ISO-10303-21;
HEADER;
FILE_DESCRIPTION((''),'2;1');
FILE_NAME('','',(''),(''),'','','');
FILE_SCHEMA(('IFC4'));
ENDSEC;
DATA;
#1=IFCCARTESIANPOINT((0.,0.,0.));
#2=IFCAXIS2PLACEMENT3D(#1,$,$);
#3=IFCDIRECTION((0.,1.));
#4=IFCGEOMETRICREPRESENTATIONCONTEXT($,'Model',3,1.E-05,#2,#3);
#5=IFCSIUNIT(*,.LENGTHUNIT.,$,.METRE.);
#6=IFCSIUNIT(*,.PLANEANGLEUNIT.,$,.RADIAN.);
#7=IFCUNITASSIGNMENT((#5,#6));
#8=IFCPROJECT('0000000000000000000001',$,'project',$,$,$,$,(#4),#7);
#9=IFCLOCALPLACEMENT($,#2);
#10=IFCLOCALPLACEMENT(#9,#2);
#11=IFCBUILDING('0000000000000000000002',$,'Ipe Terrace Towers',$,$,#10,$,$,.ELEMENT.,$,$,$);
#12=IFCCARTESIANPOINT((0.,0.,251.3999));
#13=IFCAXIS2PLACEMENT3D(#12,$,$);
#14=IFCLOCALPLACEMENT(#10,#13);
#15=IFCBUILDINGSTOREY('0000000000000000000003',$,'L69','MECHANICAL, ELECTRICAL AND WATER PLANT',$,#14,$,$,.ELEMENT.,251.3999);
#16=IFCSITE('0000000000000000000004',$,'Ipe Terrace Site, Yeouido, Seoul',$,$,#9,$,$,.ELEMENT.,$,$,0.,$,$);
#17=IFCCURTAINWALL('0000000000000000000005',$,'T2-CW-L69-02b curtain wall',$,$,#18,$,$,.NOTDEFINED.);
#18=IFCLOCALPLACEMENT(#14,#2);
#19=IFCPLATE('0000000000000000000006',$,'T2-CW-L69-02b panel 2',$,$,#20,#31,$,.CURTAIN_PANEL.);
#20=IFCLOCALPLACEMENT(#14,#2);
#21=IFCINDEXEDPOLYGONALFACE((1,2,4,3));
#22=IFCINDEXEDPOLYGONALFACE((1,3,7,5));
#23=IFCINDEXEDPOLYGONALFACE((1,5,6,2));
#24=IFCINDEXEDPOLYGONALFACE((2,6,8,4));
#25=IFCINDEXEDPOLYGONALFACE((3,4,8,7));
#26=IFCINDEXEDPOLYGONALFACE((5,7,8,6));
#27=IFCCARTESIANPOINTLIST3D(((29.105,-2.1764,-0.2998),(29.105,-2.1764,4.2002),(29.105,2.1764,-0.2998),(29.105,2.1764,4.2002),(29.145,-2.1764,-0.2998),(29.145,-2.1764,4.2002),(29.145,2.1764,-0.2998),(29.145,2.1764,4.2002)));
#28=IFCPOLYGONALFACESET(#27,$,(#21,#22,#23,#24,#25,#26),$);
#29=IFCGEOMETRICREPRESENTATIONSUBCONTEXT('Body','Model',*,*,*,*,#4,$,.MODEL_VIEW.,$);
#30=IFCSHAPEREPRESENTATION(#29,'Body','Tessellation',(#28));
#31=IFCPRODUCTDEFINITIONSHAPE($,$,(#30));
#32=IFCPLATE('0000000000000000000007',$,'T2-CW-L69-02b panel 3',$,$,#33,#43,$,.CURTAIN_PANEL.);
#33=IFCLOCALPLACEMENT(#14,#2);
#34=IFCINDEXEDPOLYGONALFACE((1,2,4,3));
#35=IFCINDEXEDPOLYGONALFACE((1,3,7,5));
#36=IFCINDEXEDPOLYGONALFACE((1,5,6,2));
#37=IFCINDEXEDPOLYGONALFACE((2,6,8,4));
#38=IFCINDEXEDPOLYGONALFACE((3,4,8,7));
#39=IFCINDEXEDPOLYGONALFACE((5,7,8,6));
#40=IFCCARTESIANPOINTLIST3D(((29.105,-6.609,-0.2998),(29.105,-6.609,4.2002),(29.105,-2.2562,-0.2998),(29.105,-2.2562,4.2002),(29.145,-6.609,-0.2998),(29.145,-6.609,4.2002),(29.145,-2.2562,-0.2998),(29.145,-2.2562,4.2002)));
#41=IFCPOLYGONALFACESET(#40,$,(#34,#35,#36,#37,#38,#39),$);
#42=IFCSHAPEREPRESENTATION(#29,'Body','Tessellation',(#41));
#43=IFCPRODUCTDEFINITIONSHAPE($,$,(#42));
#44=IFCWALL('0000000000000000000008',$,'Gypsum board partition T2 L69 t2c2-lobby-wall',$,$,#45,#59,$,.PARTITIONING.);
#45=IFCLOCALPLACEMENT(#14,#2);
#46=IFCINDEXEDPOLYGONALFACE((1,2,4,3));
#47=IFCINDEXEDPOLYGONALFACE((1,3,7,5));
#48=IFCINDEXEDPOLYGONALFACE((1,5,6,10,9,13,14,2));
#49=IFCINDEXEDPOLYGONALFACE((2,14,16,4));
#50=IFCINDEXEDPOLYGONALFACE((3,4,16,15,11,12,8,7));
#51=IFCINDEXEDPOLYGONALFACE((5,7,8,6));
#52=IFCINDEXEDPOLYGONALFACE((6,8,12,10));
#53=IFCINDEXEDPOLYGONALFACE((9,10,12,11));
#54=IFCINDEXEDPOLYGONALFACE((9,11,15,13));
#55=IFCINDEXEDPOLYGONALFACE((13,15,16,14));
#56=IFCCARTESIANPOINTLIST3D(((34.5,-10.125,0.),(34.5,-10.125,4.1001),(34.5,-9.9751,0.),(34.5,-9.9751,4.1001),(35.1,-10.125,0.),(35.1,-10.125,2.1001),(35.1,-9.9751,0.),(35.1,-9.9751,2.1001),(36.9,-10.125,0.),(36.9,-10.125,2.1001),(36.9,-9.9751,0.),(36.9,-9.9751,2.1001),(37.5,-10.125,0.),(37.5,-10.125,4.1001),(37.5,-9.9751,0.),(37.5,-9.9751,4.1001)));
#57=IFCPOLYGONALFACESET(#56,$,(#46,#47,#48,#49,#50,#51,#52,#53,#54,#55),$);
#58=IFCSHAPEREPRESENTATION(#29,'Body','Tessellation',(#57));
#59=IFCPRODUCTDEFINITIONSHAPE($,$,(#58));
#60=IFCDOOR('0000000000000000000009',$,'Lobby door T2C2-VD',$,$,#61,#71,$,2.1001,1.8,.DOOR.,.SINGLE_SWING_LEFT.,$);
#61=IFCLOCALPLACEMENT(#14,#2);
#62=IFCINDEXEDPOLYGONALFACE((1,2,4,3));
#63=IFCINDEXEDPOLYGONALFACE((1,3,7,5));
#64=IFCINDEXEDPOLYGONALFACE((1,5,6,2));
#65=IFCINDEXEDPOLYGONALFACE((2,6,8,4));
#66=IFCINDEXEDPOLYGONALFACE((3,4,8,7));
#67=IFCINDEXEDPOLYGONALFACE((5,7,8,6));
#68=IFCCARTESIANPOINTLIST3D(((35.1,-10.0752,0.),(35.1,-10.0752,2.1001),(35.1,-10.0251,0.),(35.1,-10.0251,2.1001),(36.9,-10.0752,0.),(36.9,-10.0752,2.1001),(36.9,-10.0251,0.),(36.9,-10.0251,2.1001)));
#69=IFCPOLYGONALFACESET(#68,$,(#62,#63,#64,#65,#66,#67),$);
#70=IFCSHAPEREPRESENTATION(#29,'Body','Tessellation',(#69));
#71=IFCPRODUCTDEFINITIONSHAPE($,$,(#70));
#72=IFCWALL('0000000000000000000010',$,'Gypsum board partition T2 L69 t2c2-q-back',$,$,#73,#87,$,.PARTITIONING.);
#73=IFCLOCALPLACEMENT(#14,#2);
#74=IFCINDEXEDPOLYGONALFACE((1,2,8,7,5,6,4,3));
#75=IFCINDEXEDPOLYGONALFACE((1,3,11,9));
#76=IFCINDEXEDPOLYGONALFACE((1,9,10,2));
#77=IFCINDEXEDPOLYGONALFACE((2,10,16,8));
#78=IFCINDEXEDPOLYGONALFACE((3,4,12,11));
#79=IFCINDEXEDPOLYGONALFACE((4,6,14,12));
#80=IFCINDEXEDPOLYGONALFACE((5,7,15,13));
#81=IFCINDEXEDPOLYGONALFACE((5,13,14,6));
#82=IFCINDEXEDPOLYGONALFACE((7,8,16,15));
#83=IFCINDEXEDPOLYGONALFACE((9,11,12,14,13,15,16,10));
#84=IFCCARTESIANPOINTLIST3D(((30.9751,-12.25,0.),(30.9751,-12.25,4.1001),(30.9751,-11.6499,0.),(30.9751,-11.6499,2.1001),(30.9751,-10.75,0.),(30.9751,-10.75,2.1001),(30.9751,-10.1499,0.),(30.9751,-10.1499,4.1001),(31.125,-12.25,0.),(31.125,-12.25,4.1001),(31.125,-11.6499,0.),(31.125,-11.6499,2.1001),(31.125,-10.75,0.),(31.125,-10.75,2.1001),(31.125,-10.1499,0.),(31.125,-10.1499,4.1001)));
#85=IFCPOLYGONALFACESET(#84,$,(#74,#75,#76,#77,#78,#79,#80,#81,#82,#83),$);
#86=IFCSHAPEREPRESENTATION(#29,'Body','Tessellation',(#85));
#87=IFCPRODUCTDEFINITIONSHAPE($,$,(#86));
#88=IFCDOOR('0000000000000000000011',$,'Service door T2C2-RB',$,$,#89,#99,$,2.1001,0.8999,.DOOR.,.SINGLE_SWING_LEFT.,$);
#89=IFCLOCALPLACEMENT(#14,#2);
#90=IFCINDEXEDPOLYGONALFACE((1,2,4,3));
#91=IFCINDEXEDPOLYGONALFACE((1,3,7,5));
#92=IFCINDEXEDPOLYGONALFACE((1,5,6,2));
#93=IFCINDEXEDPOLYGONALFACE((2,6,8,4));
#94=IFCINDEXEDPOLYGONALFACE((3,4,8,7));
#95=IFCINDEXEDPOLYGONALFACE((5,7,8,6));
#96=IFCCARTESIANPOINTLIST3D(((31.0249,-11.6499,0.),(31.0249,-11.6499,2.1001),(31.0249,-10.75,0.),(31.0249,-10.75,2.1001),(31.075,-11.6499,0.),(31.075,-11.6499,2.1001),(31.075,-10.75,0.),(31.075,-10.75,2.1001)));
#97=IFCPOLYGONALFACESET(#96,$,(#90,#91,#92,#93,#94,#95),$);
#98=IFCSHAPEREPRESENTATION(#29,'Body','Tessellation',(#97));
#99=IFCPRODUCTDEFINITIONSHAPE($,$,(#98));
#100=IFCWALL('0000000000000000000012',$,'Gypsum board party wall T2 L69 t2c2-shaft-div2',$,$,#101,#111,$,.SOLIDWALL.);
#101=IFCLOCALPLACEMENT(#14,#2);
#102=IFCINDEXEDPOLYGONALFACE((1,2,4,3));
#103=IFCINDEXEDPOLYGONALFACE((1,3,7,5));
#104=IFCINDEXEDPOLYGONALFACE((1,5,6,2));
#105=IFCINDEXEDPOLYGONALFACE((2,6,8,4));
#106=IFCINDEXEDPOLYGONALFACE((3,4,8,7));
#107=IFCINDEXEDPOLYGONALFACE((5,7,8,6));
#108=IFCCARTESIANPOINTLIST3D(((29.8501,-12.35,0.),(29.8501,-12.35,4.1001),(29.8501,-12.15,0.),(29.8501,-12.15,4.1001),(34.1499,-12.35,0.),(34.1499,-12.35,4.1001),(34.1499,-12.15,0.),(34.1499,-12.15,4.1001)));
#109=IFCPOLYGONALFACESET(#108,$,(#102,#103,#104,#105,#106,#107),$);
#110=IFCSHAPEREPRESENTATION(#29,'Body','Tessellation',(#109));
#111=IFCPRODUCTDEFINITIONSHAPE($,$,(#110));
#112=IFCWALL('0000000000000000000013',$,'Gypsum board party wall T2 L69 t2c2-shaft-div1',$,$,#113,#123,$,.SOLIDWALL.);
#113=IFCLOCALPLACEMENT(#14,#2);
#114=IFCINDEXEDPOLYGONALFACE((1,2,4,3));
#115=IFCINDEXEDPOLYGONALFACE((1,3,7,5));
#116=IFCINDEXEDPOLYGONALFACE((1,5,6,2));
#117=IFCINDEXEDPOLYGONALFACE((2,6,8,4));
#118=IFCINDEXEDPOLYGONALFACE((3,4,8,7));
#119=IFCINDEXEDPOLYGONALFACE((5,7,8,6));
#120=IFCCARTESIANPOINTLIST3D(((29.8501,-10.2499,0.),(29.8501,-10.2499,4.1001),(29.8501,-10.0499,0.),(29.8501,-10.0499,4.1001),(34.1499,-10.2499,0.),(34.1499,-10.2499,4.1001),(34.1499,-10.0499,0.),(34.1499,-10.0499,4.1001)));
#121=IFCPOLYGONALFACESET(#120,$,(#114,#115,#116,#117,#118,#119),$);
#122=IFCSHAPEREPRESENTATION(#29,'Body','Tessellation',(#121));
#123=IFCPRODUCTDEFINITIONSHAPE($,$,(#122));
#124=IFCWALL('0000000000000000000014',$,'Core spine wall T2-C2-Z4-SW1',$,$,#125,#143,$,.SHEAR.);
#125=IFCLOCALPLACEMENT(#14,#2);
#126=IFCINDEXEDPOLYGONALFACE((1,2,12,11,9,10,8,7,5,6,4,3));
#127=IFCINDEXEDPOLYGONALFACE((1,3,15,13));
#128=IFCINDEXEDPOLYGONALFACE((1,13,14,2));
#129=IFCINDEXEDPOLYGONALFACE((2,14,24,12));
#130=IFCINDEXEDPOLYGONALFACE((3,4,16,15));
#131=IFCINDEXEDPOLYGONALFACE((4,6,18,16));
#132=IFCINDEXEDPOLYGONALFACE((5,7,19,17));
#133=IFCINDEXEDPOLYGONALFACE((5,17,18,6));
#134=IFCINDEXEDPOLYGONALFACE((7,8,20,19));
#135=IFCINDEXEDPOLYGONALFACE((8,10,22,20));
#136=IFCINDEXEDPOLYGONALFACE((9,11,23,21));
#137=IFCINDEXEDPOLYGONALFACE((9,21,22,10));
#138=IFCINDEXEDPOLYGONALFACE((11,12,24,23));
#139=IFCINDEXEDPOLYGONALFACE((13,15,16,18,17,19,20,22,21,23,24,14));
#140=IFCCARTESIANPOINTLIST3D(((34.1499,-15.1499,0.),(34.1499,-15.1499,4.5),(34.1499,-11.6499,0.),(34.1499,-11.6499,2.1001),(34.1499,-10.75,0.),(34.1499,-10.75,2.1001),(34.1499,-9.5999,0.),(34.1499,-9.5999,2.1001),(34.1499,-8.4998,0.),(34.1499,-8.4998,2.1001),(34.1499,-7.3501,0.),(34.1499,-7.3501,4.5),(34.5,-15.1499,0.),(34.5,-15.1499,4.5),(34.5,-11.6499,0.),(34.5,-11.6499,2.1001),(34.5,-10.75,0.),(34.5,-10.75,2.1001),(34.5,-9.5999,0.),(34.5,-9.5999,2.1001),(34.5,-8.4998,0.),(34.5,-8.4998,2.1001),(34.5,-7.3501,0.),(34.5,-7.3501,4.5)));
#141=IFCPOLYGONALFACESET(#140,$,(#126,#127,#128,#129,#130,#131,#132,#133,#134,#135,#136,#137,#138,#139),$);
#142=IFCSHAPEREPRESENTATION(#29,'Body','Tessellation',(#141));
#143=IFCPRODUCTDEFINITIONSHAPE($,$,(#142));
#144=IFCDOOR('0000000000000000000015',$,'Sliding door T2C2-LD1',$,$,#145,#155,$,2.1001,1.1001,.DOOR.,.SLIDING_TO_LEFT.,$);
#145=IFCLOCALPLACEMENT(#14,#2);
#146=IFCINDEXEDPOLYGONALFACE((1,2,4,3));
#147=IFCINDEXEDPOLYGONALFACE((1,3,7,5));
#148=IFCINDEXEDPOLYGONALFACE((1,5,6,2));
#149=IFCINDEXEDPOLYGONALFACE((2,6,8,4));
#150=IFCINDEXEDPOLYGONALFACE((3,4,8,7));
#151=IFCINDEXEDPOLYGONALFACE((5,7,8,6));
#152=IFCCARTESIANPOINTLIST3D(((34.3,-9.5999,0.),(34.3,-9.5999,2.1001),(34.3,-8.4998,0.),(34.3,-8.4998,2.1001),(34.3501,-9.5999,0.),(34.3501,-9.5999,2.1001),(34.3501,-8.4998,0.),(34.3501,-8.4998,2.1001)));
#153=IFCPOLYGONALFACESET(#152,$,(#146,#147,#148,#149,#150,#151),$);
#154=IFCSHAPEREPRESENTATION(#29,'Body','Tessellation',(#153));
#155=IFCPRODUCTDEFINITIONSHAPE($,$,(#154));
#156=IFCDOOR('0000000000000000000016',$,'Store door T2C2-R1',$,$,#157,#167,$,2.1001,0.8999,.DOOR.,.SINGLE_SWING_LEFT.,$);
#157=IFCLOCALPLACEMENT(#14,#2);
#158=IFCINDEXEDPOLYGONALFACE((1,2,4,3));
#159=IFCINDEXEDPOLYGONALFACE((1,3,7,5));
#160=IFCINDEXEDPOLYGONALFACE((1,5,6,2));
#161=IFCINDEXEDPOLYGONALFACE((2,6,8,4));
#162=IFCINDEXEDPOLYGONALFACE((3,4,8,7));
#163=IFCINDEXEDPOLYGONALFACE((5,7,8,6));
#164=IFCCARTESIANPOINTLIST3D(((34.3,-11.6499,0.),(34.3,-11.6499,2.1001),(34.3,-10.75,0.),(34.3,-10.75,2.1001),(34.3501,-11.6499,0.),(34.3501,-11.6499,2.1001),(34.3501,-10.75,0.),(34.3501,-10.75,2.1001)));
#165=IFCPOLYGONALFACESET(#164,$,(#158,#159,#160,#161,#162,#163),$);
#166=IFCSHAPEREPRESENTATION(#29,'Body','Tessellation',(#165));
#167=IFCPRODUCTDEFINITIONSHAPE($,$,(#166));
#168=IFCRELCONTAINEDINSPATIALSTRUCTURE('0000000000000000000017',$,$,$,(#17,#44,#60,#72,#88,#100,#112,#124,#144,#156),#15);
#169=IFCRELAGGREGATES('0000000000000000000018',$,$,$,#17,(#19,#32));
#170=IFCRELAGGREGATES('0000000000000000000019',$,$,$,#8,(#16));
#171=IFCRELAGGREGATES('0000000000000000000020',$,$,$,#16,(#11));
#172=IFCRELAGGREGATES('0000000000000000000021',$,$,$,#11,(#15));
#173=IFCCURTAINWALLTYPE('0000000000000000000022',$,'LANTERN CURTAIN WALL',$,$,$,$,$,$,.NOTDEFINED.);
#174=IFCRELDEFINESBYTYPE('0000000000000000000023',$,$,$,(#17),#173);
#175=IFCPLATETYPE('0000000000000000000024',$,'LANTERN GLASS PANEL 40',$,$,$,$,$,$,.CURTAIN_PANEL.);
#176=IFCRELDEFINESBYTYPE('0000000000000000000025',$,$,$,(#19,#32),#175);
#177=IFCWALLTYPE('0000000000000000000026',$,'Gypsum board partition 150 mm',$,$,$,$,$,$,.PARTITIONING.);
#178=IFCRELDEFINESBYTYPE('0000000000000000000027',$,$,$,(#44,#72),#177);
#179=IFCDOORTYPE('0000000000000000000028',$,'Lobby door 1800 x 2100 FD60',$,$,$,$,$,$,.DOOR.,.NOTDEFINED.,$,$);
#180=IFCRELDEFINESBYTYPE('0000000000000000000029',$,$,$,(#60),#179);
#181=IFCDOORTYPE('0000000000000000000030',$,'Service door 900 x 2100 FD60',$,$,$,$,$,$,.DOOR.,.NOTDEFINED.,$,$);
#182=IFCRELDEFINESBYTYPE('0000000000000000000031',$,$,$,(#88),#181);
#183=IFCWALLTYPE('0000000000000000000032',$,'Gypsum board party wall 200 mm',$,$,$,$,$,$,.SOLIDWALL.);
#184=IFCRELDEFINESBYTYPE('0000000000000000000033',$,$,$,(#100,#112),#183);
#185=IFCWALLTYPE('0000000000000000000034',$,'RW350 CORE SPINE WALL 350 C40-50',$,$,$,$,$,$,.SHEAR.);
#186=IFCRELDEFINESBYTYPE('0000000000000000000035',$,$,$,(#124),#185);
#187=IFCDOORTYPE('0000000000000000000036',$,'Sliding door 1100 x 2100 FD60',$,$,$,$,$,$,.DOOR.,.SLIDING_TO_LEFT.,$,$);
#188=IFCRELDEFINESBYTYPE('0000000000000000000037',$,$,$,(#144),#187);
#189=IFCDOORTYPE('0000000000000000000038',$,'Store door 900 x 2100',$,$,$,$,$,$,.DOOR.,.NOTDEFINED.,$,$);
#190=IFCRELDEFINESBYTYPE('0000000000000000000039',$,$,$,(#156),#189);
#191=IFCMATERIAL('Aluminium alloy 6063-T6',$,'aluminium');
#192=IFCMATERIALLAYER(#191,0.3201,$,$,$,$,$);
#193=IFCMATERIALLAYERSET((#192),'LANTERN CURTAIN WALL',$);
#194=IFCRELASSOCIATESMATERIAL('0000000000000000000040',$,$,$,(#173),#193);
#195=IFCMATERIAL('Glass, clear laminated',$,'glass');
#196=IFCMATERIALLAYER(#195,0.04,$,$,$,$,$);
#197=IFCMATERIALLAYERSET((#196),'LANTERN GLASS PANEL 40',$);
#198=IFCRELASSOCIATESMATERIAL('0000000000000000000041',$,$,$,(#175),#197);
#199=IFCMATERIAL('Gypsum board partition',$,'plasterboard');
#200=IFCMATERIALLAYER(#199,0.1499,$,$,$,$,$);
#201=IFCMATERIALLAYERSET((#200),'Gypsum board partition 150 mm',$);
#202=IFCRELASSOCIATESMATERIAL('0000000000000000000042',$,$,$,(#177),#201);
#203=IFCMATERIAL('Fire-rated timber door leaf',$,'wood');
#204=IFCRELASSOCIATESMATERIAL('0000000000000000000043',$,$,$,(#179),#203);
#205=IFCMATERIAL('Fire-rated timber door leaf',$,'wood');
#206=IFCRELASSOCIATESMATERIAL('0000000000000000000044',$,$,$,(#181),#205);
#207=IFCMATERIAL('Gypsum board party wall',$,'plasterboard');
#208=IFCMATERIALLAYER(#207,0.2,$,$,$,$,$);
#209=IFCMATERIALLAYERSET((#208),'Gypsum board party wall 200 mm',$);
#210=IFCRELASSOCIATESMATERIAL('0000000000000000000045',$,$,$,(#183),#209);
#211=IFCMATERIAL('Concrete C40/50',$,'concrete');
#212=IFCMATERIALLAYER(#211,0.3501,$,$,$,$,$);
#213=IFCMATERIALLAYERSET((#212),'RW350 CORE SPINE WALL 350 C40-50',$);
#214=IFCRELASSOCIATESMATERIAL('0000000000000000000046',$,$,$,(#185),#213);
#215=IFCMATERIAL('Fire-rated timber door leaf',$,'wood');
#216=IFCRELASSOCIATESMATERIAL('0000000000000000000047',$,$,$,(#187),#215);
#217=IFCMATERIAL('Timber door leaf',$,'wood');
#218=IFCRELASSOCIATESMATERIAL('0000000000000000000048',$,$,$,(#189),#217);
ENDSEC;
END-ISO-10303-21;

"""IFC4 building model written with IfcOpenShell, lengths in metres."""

from ifc_helpers import new_model, si_unit, direction, frame, frame_2d, origin, origin_2d, place, context, subcontext, project, spatial, rectangle, extrude, material, layer, layer_set, type_object, element, fill, aggregate, save


model = new_model("IFC4")

# Units and contexts
model_context = context("Model", 3, precision=1e-05, world=origin(), true_north=direction((0.0, 1.0)))
body_context = subcontext(model_context, "Body", "Model", "MODEL_VIEW")
ifc_project = project(units=[si_unit("LENGTHUNIT", "METRE"), si_unit("PLANEANGLEUNIT", "RADIAN")], contexts=[model_context])

# Site, building, storey
site_placement = place(None, origin())
site = spatial("IfcSite", under=ifc_project, at=site_placement, Name="Ipe Terrace Site, Yeouido, Seoul", CompositionType="ELEMENT", RefElevation=0.0)
building_placement = place(site_placement, origin())
building = spatial("IfcBuilding", under=site, at=building_placement, Name="Ipe Terrace Towers", CompositionType="ELEMENT")
storey_placement = place(building_placement, frame((0.0, 0.0, 251.3999)))
storey = spatial("IfcBuildingStorey", under=building, at=storey_placement, Name="L69", Description="MECHANICAL, ELECTRICAL AND WATER PLANT", CompositionType="ELEMENT", Elevation=251.3999)

# Curtain wall
ifc_material_1 = material(Name="Aluminium alloy 6063-T6", Category="aluminium")
ifc_layer_1 = layer(ifc_material_1, 0.3201)
ifc_layer_set_1 = layer_set([ifc_layer_1], Name="LANTERN CURTAIN WALL")
curtain_wall_type = type_object("IfcCurtainWallType", Name="LANTERN CURTAIN WALL", PredefinedType="NOTDEFINED", material=ifc_layer_set_1)
curtain_wall_placement = place(storey_placement, origin())
curtain_wall = element("IfcCurtainWall", 1, at=curtain_wall_placement, inside=storey, type_object=curtain_wall_type, Name="T2-CW-L69-02b curtain wall", PredefinedType="NOTDEFINED")

# Plates
ifc_material_2 = material(Name="Glass, clear laminated", Category="glass")
ifc_layer_2 = layer(ifc_material_2, 0.04)
ifc_layer_set_2 = layer_set([ifc_layer_2], Name="LANTERN GLASS PANEL 40")
plate_type = type_object("IfcPlateType", Name="LANTERN GLASS PANEL 40", PredefinedType="CURTAIN_PANEL", material=ifc_layer_set_2)
plate_1_placement = place(storey_placement, frame((29.125, 0.0, -0.2998), z_axis=(0.0, 0.0, 1.0), x_axis=(0.0, -1.0, 0.0)))
plate_1 = element("IfcPlate", 2, at=plate_1_placement, type_object=plate_type, Name="T2-CW-L69-02b panel 2", PredefinedType="CURTAIN_PANEL", context=body_context, shape_type="SweptSolid", body=[
    extrude(rectangle(XDim=4.3528, YDim=0.04, at=origin_2d()), origin(), (0.0, 0.0, 1.0), 4.5),
])
plate_2_placement = place(storey_placement, frame((29.125, -4.4326, -0.2998), z_axis=(0.0, 0.0, 1.0), x_axis=(0.0, -1.0, 0.0)))
plate_2 = element("IfcPlate", 3, at=plate_2_placement, type_object=plate_type, Name="T2-CW-L69-02b panel 3", PredefinedType="CURTAIN_PANEL", context=body_context, shape_type="SweptSolid", body=[
    extrude(rectangle(XDim=4.3528, YDim=0.04, at=origin_2d()), origin(), (0.0, 0.0, 1.0), 4.5),
])
aggregate(curtain_wall, [plate_1, plate_2])

# Walls, openings, doors
ifc_material_3 = material(Name="Gypsum board partition", Category="plasterboard")
ifc_layer_3 = layer(ifc_material_3, 0.1499)
ifc_layer_set_3 = layer_set([ifc_layer_3], Name="Gypsum board partition 150 mm")
wall_type_1 = type_object("IfcWallType", Name="Gypsum board partition 150 mm", PredefinedType="PARTITIONING", material=ifc_layer_set_3)
wall_1_placement = place(storey_placement, frame((34.5, -10.05, 0.0), z_axis=(0.0, 0.0, 1.0), x_axis=(1.0, 0.0, 0.0)))
wall_1 = element("IfcWall", 4, at=wall_1_placement, inside=storey, type_object=wall_type_1, Name="Gypsum board partition T2 L69 t2c2-lobby-wall", PredefinedType="PARTITIONING", context=body_context, shape_type="SweptSolid", body=[
    extrude(rectangle(XDim=3.0, YDim=0.1499, at=frame_2d((1.5, 0.0))), origin(), (0.0, 0.0, 1.0), 4.1001),
])
opening_1_placement = place(wall_1_placement, frame((0.6001, 0.0, 0.0)))
opening_1 = element("IfcOpeningElement", 5, at=opening_1_placement, cuts=wall_1, PredefinedType="OPENING", context=body_context, shape_type="SweptSolid", body=[
    extrude(rectangle(XDim=1.8, YDim=2.1001, at=frame_2d((0.8999, 1.05))), frame((0.0, 0.085, 0.0), z_axis=(0.0, -1.0, 0.0), x_axis=(1.0, 0.0, 0.0)), (0.0, 0.0, 1.0), 0.1699),
])
ifc_material_4 = material(Name="Fire-rated timber door leaf", Category="wood")
door_type_1 = type_object("IfcDoorType", Name="Lobby door 1800 x 2100 FD60", OperationType="NOTDEFINED", PredefinedType="DOOR", material=ifc_material_4)
door_1_placement = place(opening_1_placement, origin())
door_1 = element("IfcDoor", 6, at=door_1_placement, inside=storey, type_object=door_type_1, Name="Lobby door T2C2-VD", OperationType="SINGLE_SWING_LEFT", OverallHeight=2.1001, OverallWidth=1.8, PredefinedType="DOOR", context=body_context, shape_type="SweptSolid", body=[
    extrude(rectangle(XDim=1.8, YDim=2.1001, at=frame_2d((0.8999, 1.05))), frame((0.0, 0.0249, 0.0), z_axis=(0.0, -1.0, 0.0), x_axis=(1.0, 0.0, 0.0)), (0.0, 0.0, 1.0), 0.05),
])
fill(opening_1, door_1)
wall_2_placement = place(storey_placement, frame((31.05, -10.1499, 0.0), z_axis=(0.0, 0.0, 1.0), x_axis=(0.0, -1.0, 0.0)))
wall_2 = element("IfcWall", 7, at=wall_2_placement, inside=storey, type_object=wall_type_1, Name="Gypsum board partition T2 L69 t2c2-q-back", PredefinedType="PARTITIONING", context=body_context, shape_type="SweptSolid", body=[
    extrude(rectangle(XDim=2.1001, YDim=0.1499, at=frame_2d((1.05, 0.0))), origin(), (0.0, 0.0, 1.0), 4.1001),
])
opening_2_placement = place(wall_2_placement, frame((0.6001, 0.0, 0.0)))
opening_2 = element("IfcOpeningElement", 8, at=opening_2_placement, cuts=wall_2, PredefinedType="OPENING", context=body_context, shape_type="SweptSolid", body=[
    extrude(rectangle(XDim=0.8999, YDim=2.1001, at=frame_2d((0.45, 1.05))), frame((0.0, 0.085, 0.0), z_axis=(0.0, -1.0, 0.0), x_axis=(1.0, 0.0, 0.0)), (0.0, 0.0, 1.0), 0.1699),
])
ifc_material_5 = material(Name="Fire-rated timber door leaf", Category="wood")
door_type_2 = type_object("IfcDoorType", Name="Service door 900 x 2100 FD60", OperationType="NOTDEFINED", PredefinedType="DOOR", material=ifc_material_5)
door_2_placement = place(opening_2_placement, origin())
door_2 = element("IfcDoor", 9, at=door_2_placement, inside=storey, type_object=door_type_2, Name="Service door T2C2-RB", OperationType="SINGLE_SWING_LEFT", OverallHeight=2.1001, OverallWidth=0.8999, PredefinedType="DOOR", context=body_context, shape_type="SweptSolid", body=[
    extrude(rectangle(XDim=0.8999, YDim=2.1001, at=frame_2d((0.45, 1.05))), frame((0.0, 0.0249, 0.0), z_axis=(0.0, -1.0, 0.0), x_axis=(1.0, 0.0, 0.0)), (0.0, 0.0, 1.0), 0.05),
])
fill(opening_2, door_2)

# Walls
ifc_material_6 = material(Name="Gypsum board party wall", Category="plasterboard")
ifc_layer_4 = layer(ifc_material_6, 0.2)
ifc_layer_set_4 = layer_set([ifc_layer_4], Name="Gypsum board party wall 200 mm")
wall_type_2 = type_object("IfcWallType", Name="Gypsum board party wall 200 mm", PredefinedType="SOLIDWALL", material=ifc_layer_set_4)
for number, where, z_axis, x_axis, name in (
    (10, (29.8501, -12.25, 0.0), (0.0, 0.0, 1.0), (1.0, 0.0, 0.0), "Gypsum board party wall T2 L69 t2c2-shaft-div2"),
    (11, (29.8501, -10.1499, 0.0), (0.0, 0.0, 1.0), (1.0, 0.0, 0.0), "Gypsum board party wall T2 L69 t2c2-shaft-div1"),
):
    element("IfcWall", number, at=place(storey_placement, frame(where, z_axis=z_axis, x_axis=x_axis)), inside=storey, type_object=wall_type_2, Name=name, PredefinedType="SOLIDWALL", context=body_context, shape_type="SweptSolid", body=[
        extrude(rectangle(XDim=4.2998, YDim=0.2, at=frame_2d((2.1499, 0.0))), origin(), (0.0, 0.0, 1.0), 4.1001),
    ])

# Wall, openings, doors
ifc_material_7 = material(Name="Concrete C40/50", Category="concrete")
ifc_layer_5 = layer(ifc_material_7, 0.3501)
ifc_layer_set_5 = layer_set([ifc_layer_5], Name="RW350 CORE SPINE WALL 350 C40-50")
wall_type_3 = type_object("IfcWallType", Name="RW350 CORE SPINE WALL 350 C40-50", PredefinedType="SHEAR", material=ifc_layer_set_5)
wall_3_placement = place(storey_placement, frame((34.325, -15.1499, 0.0), z_axis=(0.0, 0.0, 1.0), x_axis=(0.0, 1.0, 0.0)))
wall_3 = element("IfcWall", 12, at=wall_3_placement, inside=storey, type_object=wall_type_3, Name="Core spine wall T2-C2-Z4-SW1", PredefinedType="SHEAR", context=body_context, shape_type="SweptSolid", body=[
    extrude(rectangle(XDim=7.7998, YDim=0.3501, at=frame_2d((3.8999, 0.0))), origin(), (0.0, 0.0, 1.0), 4.5),
])
opening_3_placement = place(wall_3_placement, frame((5.55, 0.0, 0.0)))
opening_3 = element("IfcOpeningElement", 13, at=opening_3_placement, cuts=wall_3, PredefinedType="OPENING", context=body_context, shape_type="SweptSolid", body=[
    extrude(rectangle(XDim=1.1001, YDim=2.1001, at=frame_2d((0.55, 1.05))), frame((0.0, 0.1851, 0.0), z_axis=(0.0, -1.0, 0.0), x_axis=(1.0, 0.0, 0.0)), (0.0, 0.0, 1.0), 0.3701),
])
opening_4_placement = place(wall_3_placement, frame((3.5, 0.0, 0.0)))
opening_4 = element("IfcOpeningElement", 14, at=opening_4_placement, cuts=wall_3, PredefinedType="OPENING", context=body_context, shape_type="SweptSolid", body=[
    extrude(rectangle(XDim=0.8999, YDim=2.1001, at=frame_2d((0.45, 1.05))), frame((0.0, 0.1851, 0.0), z_axis=(0.0, -1.0, 0.0), x_axis=(1.0, 0.0, 0.0)), (0.0, 0.0, 1.0), 0.3701),
])
ifc_material_8 = material(Name="Fire-rated timber door leaf", Category="wood")
door_type_3 = type_object("IfcDoorType", Name="Sliding door 1100 x 2100 FD60", OperationType="SLIDING_TO_LEFT", PredefinedType="DOOR", material=ifc_material_8)
door_3_placement = place(opening_3_placement, origin())
door_3 = element("IfcDoor", 15, at=door_3_placement, inside=storey, type_object=door_type_3, Name="Sliding door T2C2-LD1", OperationType="SLIDING_TO_LEFT", OverallHeight=2.1001, OverallWidth=1.1001, PredefinedType="DOOR", context=body_context, shape_type="SweptSolid", body=[
    extrude(rectangle(XDim=1.1001, YDim=2.1001, at=frame_2d((0.55, 1.05))), frame((0.0, 0.0249, 0.0), z_axis=(0.0, -1.0, 0.0), x_axis=(1.0, 0.0, 0.0)), (0.0, 0.0, 1.0), 0.05),
])
fill(opening_3, door_3)
ifc_material_9 = material(Name="Timber door leaf", Category="wood")
door_type_4 = type_object("IfcDoorType", Name="Store door 900 x 2100", OperationType="NOTDEFINED", PredefinedType="DOOR", material=ifc_material_9)
door_4_placement = place(opening_4_placement, origin())
door_4 = element("IfcDoor", 16, at=door_4_placement, inside=storey, type_object=door_type_4, Name="Store door T2C2-R1", OperationType="SINGLE_SWING_LEFT", OverallHeight=2.1001, OverallWidth=0.8999, PredefinedType="DOOR", context=body_context, shape_type="SweptSolid", body=[
    extrude(rectangle(XDim=0.8999, YDim=2.1001, at=frame_2d((0.45, 1.05))), frame((0.0, 0.0249, 0.0), z_axis=(0.0, -1.0, 0.0), x_axis=(1.0, 0.0, 0.0)), (0.0, 0.0, 1.0), 0.05),
])
fill(opening_4, door_4)

save(model, "model.ifc")
